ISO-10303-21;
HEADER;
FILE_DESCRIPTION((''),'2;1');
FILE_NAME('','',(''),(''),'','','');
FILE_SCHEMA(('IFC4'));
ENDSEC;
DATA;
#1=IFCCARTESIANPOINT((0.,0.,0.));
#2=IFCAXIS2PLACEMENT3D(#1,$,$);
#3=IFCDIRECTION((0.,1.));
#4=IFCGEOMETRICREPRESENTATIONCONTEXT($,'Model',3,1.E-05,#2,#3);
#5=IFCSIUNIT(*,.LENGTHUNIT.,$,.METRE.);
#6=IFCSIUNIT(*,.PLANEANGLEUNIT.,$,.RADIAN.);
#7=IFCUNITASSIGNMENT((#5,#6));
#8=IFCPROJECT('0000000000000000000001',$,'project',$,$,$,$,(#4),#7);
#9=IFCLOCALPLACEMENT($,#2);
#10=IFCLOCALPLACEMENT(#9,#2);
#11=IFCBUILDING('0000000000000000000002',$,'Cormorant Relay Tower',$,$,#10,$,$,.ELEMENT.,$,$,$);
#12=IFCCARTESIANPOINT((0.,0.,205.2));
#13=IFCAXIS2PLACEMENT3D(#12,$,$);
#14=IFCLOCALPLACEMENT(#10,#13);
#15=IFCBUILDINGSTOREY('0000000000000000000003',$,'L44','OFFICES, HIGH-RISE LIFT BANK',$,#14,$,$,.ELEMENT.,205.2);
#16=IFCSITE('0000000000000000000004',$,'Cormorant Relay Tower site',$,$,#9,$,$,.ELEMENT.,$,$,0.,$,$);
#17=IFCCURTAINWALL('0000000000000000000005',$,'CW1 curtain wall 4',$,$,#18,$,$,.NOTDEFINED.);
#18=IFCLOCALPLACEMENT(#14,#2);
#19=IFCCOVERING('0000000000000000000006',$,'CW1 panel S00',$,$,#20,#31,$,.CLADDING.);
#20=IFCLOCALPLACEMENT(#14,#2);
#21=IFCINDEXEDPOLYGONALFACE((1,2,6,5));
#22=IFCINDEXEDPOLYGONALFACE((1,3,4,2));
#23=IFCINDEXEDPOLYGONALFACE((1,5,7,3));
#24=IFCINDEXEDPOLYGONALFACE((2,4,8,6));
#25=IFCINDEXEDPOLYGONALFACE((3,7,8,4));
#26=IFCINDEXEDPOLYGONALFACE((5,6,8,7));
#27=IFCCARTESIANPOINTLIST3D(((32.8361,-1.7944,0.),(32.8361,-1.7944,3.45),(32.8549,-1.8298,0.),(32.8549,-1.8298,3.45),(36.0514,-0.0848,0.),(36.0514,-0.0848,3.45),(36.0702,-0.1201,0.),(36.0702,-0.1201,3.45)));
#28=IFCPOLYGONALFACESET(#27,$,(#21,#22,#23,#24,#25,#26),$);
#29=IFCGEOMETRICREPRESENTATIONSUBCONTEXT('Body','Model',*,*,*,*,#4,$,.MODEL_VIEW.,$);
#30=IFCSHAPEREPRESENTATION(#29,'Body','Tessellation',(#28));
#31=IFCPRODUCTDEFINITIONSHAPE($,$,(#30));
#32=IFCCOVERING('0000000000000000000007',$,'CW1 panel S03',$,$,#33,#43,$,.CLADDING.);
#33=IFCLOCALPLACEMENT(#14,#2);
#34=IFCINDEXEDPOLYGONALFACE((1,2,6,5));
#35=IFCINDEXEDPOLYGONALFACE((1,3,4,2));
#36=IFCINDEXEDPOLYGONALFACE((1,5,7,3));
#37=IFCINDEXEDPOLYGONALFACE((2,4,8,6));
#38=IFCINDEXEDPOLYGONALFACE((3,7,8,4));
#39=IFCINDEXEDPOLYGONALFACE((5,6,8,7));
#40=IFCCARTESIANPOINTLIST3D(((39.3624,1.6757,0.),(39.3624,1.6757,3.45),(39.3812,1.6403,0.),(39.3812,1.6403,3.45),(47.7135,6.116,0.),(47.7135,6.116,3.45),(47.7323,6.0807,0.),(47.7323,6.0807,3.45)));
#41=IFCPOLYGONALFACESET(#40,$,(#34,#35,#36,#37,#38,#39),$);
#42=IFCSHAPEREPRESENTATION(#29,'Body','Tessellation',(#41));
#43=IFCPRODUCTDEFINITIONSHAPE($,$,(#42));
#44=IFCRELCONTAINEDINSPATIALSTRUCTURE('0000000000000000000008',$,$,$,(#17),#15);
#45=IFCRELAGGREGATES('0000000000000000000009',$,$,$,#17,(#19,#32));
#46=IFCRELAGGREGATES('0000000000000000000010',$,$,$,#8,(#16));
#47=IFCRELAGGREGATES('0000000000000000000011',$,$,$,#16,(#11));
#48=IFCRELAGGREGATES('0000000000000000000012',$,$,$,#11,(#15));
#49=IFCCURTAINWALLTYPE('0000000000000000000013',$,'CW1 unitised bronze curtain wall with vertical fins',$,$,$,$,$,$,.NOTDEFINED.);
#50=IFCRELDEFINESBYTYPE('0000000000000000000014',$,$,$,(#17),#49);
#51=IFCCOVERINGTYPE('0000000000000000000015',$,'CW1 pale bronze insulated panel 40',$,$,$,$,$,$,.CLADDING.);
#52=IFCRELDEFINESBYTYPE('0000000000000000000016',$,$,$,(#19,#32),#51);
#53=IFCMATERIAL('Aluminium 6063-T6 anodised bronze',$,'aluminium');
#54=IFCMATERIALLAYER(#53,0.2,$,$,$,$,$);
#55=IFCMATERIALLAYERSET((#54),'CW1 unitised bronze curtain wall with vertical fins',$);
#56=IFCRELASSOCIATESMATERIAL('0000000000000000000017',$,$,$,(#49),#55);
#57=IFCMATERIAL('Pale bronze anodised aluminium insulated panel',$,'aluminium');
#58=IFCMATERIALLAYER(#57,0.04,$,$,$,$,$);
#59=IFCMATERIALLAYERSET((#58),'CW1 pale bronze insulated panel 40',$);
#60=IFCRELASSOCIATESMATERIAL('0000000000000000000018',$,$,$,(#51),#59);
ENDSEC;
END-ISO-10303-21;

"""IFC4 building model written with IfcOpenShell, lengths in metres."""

from ifc_helpers import new_model, si_unit, direction, frame, origin, origin_2d, place, context, subcontext, project, spatial, rectangle, extrude, material, layer, layer_set, type_object, element, aggregate, save


model = new_model("IFC4")

# Units and contexts
model_context = context("Model", 3, precision=1e-05, world=origin(), true_north=direction((0.0, 1.0)))
body_context = subcontext(model_context, "Body", "Model", "MODEL_VIEW")
ifc_project = project(units=[si_unit("LENGTHUNIT", "METRE"), si_unit("PLANEANGLEUNIT", "RADIAN")], contexts=[model_context])

# Site, building, storey
site_placement = place(None, origin())
site = spatial("IfcSite", under=ifc_project, at=site_placement, Name="Cormorant Relay Tower site", CompositionType="ELEMENT", RefElevation=0.0)
building_placement = place(site_placement, origin())
building = spatial("IfcBuilding", under=site, at=building_placement, Name="Cormorant Relay Tower", CompositionType="ELEMENT")
storey_placement = place(building_placement, frame((0.0, 0.0, 205.2)))
storey = spatial("IfcBuildingStorey", under=building, at=storey_placement, Name="L44", Description="OFFICES, HIGH-RISE LIFT BANK", CompositionType="ELEMENT", Elevation=205.2)

# Shared definitions
ifc_material_1 = material(Name="Aluminium 6063-T6 anodised bronze", Category="aluminium")
ifc_layer_1 = layer(ifc_material_1, 0.2)
ifc_layer_set_1 = layer_set([ifc_layer_1], Name="CW1 unitised bronze curtain wall with vertical fins")
curtain_wall_type = type_object("IfcCurtainWallType", Name="CW1 unitised bronze curtain wall with vertical fins", PredefinedType="NOTDEFINED", material=ifc_layer_set_1)

# Curtain wall
curtain_wall_1_placement = place(storey_placement, origin())
curtain_wall_1 = element("IfcCurtainWall", 1, at=curtain_wall_1_placement, inside=storey, type_object=curtain_wall_type, Name="CW1 curtain wall 4", PredefinedType="NOTDEFINED")

# Coverings
ifc_material_2 = material(Name="Pale bronze anodised aluminium insulated panel", Category="aluminium")
ifc_layer_2 = layer(ifc_material_2, 0.04)
ifc_layer_set_2 = layer_set([ifc_layer_2], Name="CW1 pale bronze insulated panel 40")
covering_type = type_object("IfcCoveringType", Name="CW1 pale bronze insulated panel 40", PredefinedType="CLADDING", material=ifc_layer_set_2)
covering_1_placement = place(storey_placement, frame((34.4531, -0.9573, 0.0), z_axis=(0.0, 0.0, 1.0), x_axis=(0.882948, 0.469472, 0.0)))
covering_1 = element("IfcCovering", 2, at=covering_1_placement, type_object=covering_type, Name="CW1 panel S00", PredefinedType="CLADDING", context=body_context, shape_type="SweptSolid", body=[
    extrude(rectangle(XDim=3.6416, YDim=0.04, at=origin_2d()), origin(), (0.0, 0.0, 1.0), 3.45),
])
covering_2_placement = place(storey_placement, frame((43.5474, 3.8782, 0.0), z_axis=(0.0, 0.0, 1.0), x_axis=(0.882948, 0.469472, 0.0)))
covering_2 = element("IfcCovering", 3, at=covering_2_placement, type_object=covering_type, Name="CW1 panel S03", PredefinedType="CLADDING", context=body_context, shape_type="SweptSolid", body=[
    extrude(rectangle(XDim=9.4583, YDim=0.04, at=origin_2d()), origin(), (0.0, 0.0, 1.0), 3.45),
])
aggregate(curtain_wall_1, [covering_1, covering_2])

save(model, "model.ifc")
